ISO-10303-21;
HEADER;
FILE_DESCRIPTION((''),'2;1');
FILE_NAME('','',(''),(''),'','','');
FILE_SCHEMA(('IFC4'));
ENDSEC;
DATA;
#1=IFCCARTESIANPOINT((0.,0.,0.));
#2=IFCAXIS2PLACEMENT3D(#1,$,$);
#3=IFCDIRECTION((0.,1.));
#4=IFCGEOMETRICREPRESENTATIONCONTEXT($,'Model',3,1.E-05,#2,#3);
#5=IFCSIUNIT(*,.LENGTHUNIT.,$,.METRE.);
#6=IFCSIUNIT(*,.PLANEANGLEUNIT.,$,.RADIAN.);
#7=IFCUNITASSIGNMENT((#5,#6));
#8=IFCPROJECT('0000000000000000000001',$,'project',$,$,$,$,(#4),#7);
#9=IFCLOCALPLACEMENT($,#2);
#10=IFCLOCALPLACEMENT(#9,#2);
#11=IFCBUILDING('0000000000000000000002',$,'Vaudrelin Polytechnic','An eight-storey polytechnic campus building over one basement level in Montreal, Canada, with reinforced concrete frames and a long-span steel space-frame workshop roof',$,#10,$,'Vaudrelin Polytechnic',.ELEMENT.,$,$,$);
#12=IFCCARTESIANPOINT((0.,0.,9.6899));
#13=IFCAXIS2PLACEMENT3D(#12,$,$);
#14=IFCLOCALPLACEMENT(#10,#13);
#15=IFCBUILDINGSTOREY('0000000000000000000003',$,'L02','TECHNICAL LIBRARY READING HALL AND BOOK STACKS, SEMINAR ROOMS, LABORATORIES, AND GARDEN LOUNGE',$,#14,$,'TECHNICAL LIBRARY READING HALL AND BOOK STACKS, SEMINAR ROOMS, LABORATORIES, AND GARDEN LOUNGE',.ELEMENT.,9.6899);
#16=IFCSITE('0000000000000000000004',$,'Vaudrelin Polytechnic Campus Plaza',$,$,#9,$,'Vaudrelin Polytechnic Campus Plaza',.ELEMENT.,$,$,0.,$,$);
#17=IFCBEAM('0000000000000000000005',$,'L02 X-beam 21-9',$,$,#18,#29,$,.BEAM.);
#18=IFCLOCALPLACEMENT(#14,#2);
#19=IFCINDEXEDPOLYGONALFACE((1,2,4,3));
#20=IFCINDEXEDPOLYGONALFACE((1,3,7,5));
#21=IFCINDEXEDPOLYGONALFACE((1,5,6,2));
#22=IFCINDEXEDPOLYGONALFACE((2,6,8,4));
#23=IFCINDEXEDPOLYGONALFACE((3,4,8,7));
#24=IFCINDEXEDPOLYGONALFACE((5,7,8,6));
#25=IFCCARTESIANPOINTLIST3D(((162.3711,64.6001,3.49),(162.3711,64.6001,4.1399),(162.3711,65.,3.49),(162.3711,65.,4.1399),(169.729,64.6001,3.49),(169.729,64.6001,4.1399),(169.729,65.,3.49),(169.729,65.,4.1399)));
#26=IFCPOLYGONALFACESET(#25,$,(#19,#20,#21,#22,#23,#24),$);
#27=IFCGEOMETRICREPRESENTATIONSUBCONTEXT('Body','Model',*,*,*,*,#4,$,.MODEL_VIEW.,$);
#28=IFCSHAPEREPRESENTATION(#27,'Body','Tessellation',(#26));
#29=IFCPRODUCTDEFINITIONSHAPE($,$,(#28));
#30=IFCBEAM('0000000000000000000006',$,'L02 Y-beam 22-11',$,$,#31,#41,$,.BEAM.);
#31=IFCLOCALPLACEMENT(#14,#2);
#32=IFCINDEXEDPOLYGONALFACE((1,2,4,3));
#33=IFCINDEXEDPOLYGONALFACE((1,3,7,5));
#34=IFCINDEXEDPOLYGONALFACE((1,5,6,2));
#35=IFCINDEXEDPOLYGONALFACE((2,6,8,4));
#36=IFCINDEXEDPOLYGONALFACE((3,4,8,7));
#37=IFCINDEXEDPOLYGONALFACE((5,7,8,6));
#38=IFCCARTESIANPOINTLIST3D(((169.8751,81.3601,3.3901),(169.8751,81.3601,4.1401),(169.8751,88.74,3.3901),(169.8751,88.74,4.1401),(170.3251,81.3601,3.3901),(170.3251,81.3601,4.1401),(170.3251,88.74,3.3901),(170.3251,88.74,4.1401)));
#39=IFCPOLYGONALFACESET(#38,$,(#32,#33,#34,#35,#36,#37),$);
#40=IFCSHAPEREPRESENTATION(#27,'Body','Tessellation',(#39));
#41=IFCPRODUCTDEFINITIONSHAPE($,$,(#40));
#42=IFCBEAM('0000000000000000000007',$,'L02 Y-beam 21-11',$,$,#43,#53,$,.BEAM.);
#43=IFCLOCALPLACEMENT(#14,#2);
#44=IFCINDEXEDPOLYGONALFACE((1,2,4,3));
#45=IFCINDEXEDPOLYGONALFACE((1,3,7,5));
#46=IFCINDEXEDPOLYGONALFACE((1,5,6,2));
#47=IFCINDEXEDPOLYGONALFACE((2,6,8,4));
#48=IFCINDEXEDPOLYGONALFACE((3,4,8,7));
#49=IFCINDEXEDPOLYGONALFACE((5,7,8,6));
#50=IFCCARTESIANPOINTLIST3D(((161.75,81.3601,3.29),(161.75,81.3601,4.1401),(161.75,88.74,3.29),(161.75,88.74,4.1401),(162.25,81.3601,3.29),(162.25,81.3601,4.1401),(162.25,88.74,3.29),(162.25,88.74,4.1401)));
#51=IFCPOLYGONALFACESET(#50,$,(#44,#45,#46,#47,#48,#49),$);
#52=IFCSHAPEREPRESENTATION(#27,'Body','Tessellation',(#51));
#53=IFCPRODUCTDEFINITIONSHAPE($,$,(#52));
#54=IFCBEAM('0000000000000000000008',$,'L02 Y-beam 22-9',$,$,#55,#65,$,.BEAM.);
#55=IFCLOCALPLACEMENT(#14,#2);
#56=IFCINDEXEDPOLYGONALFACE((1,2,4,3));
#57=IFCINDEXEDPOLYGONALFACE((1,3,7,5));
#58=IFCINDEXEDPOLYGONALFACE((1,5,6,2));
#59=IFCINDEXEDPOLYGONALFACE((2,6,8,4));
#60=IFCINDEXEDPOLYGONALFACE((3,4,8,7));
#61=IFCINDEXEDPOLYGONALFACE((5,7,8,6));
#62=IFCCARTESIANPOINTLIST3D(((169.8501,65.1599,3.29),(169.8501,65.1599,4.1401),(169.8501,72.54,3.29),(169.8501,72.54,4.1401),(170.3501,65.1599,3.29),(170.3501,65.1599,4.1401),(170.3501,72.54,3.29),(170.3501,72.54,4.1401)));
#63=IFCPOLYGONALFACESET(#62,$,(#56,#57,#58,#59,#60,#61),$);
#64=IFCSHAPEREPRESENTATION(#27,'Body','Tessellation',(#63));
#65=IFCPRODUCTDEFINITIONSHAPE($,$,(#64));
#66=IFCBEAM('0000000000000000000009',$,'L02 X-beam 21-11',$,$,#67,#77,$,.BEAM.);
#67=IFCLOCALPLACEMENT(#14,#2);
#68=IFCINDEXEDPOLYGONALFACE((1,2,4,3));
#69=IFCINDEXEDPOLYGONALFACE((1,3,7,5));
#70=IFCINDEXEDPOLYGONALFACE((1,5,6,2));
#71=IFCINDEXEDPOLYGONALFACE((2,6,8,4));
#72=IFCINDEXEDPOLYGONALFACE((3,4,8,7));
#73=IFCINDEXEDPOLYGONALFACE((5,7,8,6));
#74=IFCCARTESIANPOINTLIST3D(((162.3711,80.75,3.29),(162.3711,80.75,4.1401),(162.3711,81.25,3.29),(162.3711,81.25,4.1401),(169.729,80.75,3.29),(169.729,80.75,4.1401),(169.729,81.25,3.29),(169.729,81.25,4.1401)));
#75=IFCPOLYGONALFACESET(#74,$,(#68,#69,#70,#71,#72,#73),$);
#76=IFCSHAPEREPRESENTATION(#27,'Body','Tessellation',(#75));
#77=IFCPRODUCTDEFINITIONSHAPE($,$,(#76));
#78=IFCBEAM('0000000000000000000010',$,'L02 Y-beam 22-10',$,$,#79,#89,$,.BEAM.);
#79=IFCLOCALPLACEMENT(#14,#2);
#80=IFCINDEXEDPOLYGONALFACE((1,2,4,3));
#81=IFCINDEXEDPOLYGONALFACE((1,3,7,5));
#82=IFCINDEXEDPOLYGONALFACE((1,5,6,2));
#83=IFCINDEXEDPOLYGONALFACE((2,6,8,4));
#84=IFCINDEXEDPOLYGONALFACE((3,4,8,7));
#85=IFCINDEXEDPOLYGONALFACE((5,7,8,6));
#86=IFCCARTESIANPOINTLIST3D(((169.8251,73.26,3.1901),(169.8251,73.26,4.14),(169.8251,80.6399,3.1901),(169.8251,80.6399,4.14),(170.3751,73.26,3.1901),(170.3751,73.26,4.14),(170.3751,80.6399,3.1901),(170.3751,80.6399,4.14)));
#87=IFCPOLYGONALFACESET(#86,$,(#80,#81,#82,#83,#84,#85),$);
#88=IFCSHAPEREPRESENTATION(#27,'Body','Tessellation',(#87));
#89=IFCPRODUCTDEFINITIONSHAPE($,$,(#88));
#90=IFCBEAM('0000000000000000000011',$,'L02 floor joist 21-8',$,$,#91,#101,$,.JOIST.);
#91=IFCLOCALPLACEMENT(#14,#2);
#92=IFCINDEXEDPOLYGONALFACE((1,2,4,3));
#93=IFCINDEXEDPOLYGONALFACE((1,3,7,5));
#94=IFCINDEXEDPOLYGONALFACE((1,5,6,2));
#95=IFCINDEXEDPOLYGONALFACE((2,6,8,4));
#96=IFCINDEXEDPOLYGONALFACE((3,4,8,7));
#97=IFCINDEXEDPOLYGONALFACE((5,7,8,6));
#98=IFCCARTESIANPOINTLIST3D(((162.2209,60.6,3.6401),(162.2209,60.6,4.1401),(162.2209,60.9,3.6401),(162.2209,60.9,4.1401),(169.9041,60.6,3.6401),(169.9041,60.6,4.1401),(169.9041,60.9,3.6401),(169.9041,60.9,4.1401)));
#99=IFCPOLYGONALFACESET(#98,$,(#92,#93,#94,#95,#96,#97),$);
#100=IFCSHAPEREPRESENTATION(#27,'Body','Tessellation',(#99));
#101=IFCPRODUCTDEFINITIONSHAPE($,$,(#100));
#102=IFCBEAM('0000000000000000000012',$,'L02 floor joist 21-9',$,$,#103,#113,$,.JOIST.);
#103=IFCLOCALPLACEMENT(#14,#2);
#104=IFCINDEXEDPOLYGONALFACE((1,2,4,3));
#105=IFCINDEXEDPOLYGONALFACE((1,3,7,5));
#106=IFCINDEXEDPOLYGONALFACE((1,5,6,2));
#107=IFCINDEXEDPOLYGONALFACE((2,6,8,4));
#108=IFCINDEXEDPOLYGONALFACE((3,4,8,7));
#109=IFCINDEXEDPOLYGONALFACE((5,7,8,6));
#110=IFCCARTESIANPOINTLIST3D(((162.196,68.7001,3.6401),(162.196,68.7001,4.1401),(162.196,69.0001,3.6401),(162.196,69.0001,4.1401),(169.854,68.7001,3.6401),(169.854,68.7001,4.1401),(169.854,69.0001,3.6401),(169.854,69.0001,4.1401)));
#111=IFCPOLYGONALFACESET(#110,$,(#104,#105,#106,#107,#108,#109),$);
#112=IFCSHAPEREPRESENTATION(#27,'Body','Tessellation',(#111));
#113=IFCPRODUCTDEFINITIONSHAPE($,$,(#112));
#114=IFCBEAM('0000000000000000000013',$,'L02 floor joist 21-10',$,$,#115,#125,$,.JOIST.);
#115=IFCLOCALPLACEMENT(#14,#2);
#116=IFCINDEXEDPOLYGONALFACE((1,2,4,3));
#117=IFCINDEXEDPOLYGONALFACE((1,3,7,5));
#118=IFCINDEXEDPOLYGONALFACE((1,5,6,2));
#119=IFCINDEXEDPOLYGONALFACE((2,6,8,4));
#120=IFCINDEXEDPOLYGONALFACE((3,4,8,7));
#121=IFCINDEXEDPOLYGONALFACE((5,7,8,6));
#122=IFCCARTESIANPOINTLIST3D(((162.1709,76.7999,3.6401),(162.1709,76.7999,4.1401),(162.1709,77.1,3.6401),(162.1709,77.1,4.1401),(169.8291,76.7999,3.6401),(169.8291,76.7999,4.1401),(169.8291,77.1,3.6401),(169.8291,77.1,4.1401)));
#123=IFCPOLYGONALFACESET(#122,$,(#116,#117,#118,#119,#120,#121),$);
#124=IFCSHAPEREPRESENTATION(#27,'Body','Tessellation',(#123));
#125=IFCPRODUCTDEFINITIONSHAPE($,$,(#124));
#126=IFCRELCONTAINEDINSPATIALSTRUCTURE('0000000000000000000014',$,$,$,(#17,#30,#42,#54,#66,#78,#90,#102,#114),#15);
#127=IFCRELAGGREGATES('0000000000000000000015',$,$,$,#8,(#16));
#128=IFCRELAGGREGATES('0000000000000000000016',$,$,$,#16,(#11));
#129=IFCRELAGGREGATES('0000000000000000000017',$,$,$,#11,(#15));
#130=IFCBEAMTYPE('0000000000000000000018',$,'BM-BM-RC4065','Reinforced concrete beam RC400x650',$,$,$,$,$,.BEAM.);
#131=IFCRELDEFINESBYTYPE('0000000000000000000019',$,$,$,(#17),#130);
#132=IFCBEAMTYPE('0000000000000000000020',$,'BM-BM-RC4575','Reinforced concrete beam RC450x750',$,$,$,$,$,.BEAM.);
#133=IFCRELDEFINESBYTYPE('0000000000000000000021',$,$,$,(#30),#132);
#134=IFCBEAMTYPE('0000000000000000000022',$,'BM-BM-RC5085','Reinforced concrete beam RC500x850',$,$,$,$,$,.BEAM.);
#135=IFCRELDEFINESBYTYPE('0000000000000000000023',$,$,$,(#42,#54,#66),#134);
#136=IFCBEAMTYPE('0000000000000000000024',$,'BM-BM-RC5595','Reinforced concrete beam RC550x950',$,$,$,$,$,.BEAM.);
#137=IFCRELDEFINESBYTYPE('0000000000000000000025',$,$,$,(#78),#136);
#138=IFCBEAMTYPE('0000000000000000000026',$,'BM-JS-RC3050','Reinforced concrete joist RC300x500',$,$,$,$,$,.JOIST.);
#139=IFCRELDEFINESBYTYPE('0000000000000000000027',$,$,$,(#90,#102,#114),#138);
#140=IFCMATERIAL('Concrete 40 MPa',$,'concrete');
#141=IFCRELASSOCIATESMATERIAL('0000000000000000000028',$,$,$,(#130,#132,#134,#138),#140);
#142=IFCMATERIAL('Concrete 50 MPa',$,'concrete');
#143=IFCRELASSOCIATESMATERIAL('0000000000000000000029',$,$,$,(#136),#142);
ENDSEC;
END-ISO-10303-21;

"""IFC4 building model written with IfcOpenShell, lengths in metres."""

from ifc_helpers import new_model, si_unit, direction, frame, origin, origin_2d, place, context, subcontext, project, spatial, rectangle, extrude, material, material_profile, profile_set, type_object, element, save


model = new_model("IFC4")

# Units and contexts
model_context = context("Model", 3, precision=1e-05, world=origin(), true_north=direction((0.0, 1.0)))
body_context = subcontext(model_context, "Body", "Model", "MODEL_VIEW")
ifc_project = project(units=[si_unit("LENGTHUNIT", "METRE"), si_unit("PLANEANGLEUNIT", "RADIAN")], contexts=[model_context])

# Site, building, storey
site_placement = place(None, origin())
site = spatial("IfcSite", under=ifc_project, at=site_placement, Name="Vaudrelin Polytechnic Campus Plaza", LongName="Vaudrelin Polytechnic Campus Plaza", CompositionType="ELEMENT", RefElevation=0.0)
building_placement = place(site_placement, origin())
building = spatial("IfcBuilding", under=site, at=building_placement, Name="Vaudrelin Polytechnic", Description="An eight-storey polytechnic campus building over one basement level in Montreal, Canada, with reinforced concrete frames and a long-span steel space-frame workshop roof", LongName="Vaudrelin Polytechnic", CompositionType="ELEMENT")
storey_placement = place(building_placement, frame((0.0, 0.0, 9.6899)))
storey = spatial("IfcBuildingStorey", under=building, at=storey_placement, Name="L02", Description="TECHNICAL LIBRARY READING HALL AND BOOK STACKS, SEMINAR ROOMS, LABORATORIES, AND GARDEN LOUNGE", LongName="TECHNICAL LIBRARY READING HALL AND BOOK STACKS, SEMINAR ROOMS, LABORATORIES, AND GARDEN LOUNGE", CompositionType="ELEMENT", Elevation=9.6899)

# Shared definitions
ifc_material_1 = material(Name="Concrete 50 MPa", Category="concrete")

# Beams
ifc_material_2 = material(Name="Concrete 40 MPa", Category="concrete")
ifc_material_profile_1 = material_profile(ifc_material_2, rectangle(XDim=0.3999, YDim=0.6499, at=origin_2d()), Name="RC400x650")
ifc_profile_set_1 = profile_set([ifc_material_profile_1], Name="Concrete 40 MPa")
beam_type_1 = type_object("IfcBeamType", Name="BM-BM-RC4065", Description="Reinforced concrete beam RC400x650", PredefinedType="BEAM", material=ifc_profile_set_1)
beam_1_placement = place(storey_placement, frame((162.3711, 64.8, 3.8149), z_axis=(1.0, 0.0, 0.0), x_axis=(0.0, 1.0, 0.0)))
element("IfcBeam", 1, at=beam_1_placement, inside=storey, type_object=beam_type_1, Name="L02 X-beam 21-9", PredefinedType="BEAM", context=body_context, shape_type="SweptSolid", body=[
    extrude(rectangle(XDim=0.3999, YDim=0.6499, at=origin_2d()), origin(), (0.0, 0.0, 1.0), 7.3579),
])
ifc_material_profile_2 = material_profile(ifc_material_2, rectangle(XDim=0.45, YDim=0.75, at=origin_2d()), Name="RC450x750")
ifc_profile_set_2 = profile_set([ifc_material_profile_2], Name="Concrete 40 MPa")
beam_type_2 = type_object("IfcBeamType", Name="BM-BM-RC4575", Description="Reinforced concrete beam RC450x750", PredefinedType="BEAM", material=ifc_profile_set_2)
beam_2_placement = place(storey_placement, frame((170.1001, 81.3601, 3.7651), z_axis=(0.0, 1.0, 0.0), x_axis=(-1.0, 0.0, 0.0)))
element("IfcBeam", 2, at=beam_2_placement, inside=storey, type_object=beam_type_2, Name="L02 Y-beam 22-11", PredefinedType="BEAM", context=body_context, shape_type="SweptSolid", body=[
    extrude(rectangle(XDim=0.45, YDim=0.75, at=origin_2d()), origin(), (0.0, 0.0, 1.0), 7.3799),
])
ifc_material_profile_3 = material_profile(ifc_material_2, rectangle(XDim=0.5, YDim=0.8501, at=origin_2d()), Name="RC500x850")
ifc_profile_set_3 = profile_set([ifc_material_profile_3], Name="Concrete 40 MPa")
beam_type_3 = type_object("IfcBeamType", Name="BM-BM-RC5085", Description="Reinforced concrete beam RC500x850", PredefinedType="BEAM", material=ifc_profile_set_3)
beam_3_placement = place(storey_placement, frame((162.0, 81.3601, 3.7151), z_axis=(0.0, 1.0, 0.0), x_axis=(-1.0, 0.0, 0.0)))
element("IfcBeam", 3, at=beam_3_placement, inside=storey, type_object=beam_type_3, Name="L02 Y-beam 21-11", PredefinedType="BEAM", context=body_context, shape_type="SweptSolid", body=[
    extrude(rectangle(XDim=0.5, YDim=0.8501, at=origin_2d()), origin(), (0.0, 0.0, 1.0), 7.3799),
])
beam_4_placement = place(storey_placement, frame((170.1001, 65.1599, 3.7151), z_axis=(0.0, 1.0, 0.0), x_axis=(-1.0, 0.0, 0.0)))
element("IfcBeam", 4, at=beam_4_placement, inside=storey, type_object=beam_type_3, Name="L02 Y-beam 22-9", PredefinedType="BEAM", context=body_context, shape_type="SweptSolid", body=[
    extrude(rectangle(XDim=0.5, YDim=0.8501, at=origin_2d()), origin(), (0.0, 0.0, 1.0), 7.3801),
])
beam_5_placement = place(storey_placement, frame((162.3711, 81.0, 3.7151), z_axis=(1.0, 0.0, 0.0), x_axis=(0.0, 1.0, 0.0)))
element("IfcBeam", 5, at=beam_5_placement, inside=storey, type_object=beam_type_3, Name="L02 X-beam 21-11", PredefinedType="BEAM", context=body_context, shape_type="SweptSolid", body=[
    extrude(rectangle(XDim=0.5, YDim=0.8501, at=origin_2d()), origin(), (0.0, 0.0, 1.0), 7.3579),
])
ifc_material_profile_4 = material_profile(ifc_material_1, rectangle(XDim=0.55, YDim=0.95, at=origin_2d()), Name="RC550x950")
ifc_profile_set_4 = profile_set([ifc_material_profile_4], Name="Concrete 50 MPa")
beam_type_4 = type_object("IfcBeamType", Name="BM-BM-RC5595", Description="Reinforced concrete beam RC550x950", PredefinedType="BEAM", material=ifc_profile_set_4)
beam_6_placement = place(storey_placement, frame((170.1001, 73.26, 3.665), z_axis=(0.0, 1.0, 0.0), x_axis=(-1.0, 0.0, 0.0)))
element("IfcBeam", 6, at=beam_6_placement, inside=storey, type_object=beam_type_4, Name="L02 Y-beam 22-10", PredefinedType="BEAM", context=body_context, shape_type="SweptSolid", body=[
    extrude(rectangle(XDim=0.55, YDim=0.95, at=origin_2d()), origin(), (0.0, 0.0, 1.0), 7.3799),
])
ifc_material_profile_5 = material_profile(ifc_material_2, rectangle(XDim=0.3, YDim=0.5, at=origin_2d()), Name="RC300x500")
ifc_profile_set_5 = profile_set([ifc_material_profile_5], Name="Concrete 40 MPa")
beam_type_5 = type_object("IfcBeamType", Name="BM-JS-RC3050", Description="Reinforced concrete joist RC300x500", PredefinedType="JOIST", material=ifc_profile_set_5)
beam_7_placement = place(storey_placement, frame((162.2209, 60.75, 3.8901), z_axis=(1.0, 0.0, 0.0), x_axis=(0.0, 1.0, 0.0)))
element("IfcBeam", 7, at=beam_7_placement, inside=storey, type_object=beam_type_5, Name="L02 floor joist 21-8", PredefinedType="JOIST", context=body_context, shape_type="SweptSolid", body=[
    extrude(rectangle(XDim=0.3, YDim=0.5, at=origin_2d()), origin(), (0.0, 0.0, 1.0), 7.6831),
])
beam_8_placement = place(storey_placement, frame((162.196, 68.8501, 3.8901), z_axis=(1.0, 0.0, 0.0), x_axis=(0.0, 1.0, 0.0)))
element("IfcBeam", 8, at=beam_8_placement, inside=storey, type_object=beam_type_5, Name="L02 floor joist 21-9", PredefinedType="JOIST", context=body_context, shape_type="SweptSolid", body=[
    extrude(rectangle(XDim=0.3, YDim=0.5, at=origin_2d()), origin(), (0.0, 0.0, 1.0), 7.658),
])
beam_9_placement = place(storey_placement, frame((162.1709, 76.95, 3.8901), z_axis=(1.0, 0.0, 0.0), x_axis=(0.0, 1.0, 0.0)))
element("IfcBeam", 9, at=beam_9_placement, inside=storey, type_object=beam_type_5, Name="L02 floor joist 21-10", PredefinedType="JOIST", context=body_context, shape_type="SweptSolid", body=[
    extrude(rectangle(XDim=0.3, YDim=0.5, at=origin_2d()), origin(), (0.0, 0.0, 1.0), 7.6582),
])

save(model, "model.ifc")
